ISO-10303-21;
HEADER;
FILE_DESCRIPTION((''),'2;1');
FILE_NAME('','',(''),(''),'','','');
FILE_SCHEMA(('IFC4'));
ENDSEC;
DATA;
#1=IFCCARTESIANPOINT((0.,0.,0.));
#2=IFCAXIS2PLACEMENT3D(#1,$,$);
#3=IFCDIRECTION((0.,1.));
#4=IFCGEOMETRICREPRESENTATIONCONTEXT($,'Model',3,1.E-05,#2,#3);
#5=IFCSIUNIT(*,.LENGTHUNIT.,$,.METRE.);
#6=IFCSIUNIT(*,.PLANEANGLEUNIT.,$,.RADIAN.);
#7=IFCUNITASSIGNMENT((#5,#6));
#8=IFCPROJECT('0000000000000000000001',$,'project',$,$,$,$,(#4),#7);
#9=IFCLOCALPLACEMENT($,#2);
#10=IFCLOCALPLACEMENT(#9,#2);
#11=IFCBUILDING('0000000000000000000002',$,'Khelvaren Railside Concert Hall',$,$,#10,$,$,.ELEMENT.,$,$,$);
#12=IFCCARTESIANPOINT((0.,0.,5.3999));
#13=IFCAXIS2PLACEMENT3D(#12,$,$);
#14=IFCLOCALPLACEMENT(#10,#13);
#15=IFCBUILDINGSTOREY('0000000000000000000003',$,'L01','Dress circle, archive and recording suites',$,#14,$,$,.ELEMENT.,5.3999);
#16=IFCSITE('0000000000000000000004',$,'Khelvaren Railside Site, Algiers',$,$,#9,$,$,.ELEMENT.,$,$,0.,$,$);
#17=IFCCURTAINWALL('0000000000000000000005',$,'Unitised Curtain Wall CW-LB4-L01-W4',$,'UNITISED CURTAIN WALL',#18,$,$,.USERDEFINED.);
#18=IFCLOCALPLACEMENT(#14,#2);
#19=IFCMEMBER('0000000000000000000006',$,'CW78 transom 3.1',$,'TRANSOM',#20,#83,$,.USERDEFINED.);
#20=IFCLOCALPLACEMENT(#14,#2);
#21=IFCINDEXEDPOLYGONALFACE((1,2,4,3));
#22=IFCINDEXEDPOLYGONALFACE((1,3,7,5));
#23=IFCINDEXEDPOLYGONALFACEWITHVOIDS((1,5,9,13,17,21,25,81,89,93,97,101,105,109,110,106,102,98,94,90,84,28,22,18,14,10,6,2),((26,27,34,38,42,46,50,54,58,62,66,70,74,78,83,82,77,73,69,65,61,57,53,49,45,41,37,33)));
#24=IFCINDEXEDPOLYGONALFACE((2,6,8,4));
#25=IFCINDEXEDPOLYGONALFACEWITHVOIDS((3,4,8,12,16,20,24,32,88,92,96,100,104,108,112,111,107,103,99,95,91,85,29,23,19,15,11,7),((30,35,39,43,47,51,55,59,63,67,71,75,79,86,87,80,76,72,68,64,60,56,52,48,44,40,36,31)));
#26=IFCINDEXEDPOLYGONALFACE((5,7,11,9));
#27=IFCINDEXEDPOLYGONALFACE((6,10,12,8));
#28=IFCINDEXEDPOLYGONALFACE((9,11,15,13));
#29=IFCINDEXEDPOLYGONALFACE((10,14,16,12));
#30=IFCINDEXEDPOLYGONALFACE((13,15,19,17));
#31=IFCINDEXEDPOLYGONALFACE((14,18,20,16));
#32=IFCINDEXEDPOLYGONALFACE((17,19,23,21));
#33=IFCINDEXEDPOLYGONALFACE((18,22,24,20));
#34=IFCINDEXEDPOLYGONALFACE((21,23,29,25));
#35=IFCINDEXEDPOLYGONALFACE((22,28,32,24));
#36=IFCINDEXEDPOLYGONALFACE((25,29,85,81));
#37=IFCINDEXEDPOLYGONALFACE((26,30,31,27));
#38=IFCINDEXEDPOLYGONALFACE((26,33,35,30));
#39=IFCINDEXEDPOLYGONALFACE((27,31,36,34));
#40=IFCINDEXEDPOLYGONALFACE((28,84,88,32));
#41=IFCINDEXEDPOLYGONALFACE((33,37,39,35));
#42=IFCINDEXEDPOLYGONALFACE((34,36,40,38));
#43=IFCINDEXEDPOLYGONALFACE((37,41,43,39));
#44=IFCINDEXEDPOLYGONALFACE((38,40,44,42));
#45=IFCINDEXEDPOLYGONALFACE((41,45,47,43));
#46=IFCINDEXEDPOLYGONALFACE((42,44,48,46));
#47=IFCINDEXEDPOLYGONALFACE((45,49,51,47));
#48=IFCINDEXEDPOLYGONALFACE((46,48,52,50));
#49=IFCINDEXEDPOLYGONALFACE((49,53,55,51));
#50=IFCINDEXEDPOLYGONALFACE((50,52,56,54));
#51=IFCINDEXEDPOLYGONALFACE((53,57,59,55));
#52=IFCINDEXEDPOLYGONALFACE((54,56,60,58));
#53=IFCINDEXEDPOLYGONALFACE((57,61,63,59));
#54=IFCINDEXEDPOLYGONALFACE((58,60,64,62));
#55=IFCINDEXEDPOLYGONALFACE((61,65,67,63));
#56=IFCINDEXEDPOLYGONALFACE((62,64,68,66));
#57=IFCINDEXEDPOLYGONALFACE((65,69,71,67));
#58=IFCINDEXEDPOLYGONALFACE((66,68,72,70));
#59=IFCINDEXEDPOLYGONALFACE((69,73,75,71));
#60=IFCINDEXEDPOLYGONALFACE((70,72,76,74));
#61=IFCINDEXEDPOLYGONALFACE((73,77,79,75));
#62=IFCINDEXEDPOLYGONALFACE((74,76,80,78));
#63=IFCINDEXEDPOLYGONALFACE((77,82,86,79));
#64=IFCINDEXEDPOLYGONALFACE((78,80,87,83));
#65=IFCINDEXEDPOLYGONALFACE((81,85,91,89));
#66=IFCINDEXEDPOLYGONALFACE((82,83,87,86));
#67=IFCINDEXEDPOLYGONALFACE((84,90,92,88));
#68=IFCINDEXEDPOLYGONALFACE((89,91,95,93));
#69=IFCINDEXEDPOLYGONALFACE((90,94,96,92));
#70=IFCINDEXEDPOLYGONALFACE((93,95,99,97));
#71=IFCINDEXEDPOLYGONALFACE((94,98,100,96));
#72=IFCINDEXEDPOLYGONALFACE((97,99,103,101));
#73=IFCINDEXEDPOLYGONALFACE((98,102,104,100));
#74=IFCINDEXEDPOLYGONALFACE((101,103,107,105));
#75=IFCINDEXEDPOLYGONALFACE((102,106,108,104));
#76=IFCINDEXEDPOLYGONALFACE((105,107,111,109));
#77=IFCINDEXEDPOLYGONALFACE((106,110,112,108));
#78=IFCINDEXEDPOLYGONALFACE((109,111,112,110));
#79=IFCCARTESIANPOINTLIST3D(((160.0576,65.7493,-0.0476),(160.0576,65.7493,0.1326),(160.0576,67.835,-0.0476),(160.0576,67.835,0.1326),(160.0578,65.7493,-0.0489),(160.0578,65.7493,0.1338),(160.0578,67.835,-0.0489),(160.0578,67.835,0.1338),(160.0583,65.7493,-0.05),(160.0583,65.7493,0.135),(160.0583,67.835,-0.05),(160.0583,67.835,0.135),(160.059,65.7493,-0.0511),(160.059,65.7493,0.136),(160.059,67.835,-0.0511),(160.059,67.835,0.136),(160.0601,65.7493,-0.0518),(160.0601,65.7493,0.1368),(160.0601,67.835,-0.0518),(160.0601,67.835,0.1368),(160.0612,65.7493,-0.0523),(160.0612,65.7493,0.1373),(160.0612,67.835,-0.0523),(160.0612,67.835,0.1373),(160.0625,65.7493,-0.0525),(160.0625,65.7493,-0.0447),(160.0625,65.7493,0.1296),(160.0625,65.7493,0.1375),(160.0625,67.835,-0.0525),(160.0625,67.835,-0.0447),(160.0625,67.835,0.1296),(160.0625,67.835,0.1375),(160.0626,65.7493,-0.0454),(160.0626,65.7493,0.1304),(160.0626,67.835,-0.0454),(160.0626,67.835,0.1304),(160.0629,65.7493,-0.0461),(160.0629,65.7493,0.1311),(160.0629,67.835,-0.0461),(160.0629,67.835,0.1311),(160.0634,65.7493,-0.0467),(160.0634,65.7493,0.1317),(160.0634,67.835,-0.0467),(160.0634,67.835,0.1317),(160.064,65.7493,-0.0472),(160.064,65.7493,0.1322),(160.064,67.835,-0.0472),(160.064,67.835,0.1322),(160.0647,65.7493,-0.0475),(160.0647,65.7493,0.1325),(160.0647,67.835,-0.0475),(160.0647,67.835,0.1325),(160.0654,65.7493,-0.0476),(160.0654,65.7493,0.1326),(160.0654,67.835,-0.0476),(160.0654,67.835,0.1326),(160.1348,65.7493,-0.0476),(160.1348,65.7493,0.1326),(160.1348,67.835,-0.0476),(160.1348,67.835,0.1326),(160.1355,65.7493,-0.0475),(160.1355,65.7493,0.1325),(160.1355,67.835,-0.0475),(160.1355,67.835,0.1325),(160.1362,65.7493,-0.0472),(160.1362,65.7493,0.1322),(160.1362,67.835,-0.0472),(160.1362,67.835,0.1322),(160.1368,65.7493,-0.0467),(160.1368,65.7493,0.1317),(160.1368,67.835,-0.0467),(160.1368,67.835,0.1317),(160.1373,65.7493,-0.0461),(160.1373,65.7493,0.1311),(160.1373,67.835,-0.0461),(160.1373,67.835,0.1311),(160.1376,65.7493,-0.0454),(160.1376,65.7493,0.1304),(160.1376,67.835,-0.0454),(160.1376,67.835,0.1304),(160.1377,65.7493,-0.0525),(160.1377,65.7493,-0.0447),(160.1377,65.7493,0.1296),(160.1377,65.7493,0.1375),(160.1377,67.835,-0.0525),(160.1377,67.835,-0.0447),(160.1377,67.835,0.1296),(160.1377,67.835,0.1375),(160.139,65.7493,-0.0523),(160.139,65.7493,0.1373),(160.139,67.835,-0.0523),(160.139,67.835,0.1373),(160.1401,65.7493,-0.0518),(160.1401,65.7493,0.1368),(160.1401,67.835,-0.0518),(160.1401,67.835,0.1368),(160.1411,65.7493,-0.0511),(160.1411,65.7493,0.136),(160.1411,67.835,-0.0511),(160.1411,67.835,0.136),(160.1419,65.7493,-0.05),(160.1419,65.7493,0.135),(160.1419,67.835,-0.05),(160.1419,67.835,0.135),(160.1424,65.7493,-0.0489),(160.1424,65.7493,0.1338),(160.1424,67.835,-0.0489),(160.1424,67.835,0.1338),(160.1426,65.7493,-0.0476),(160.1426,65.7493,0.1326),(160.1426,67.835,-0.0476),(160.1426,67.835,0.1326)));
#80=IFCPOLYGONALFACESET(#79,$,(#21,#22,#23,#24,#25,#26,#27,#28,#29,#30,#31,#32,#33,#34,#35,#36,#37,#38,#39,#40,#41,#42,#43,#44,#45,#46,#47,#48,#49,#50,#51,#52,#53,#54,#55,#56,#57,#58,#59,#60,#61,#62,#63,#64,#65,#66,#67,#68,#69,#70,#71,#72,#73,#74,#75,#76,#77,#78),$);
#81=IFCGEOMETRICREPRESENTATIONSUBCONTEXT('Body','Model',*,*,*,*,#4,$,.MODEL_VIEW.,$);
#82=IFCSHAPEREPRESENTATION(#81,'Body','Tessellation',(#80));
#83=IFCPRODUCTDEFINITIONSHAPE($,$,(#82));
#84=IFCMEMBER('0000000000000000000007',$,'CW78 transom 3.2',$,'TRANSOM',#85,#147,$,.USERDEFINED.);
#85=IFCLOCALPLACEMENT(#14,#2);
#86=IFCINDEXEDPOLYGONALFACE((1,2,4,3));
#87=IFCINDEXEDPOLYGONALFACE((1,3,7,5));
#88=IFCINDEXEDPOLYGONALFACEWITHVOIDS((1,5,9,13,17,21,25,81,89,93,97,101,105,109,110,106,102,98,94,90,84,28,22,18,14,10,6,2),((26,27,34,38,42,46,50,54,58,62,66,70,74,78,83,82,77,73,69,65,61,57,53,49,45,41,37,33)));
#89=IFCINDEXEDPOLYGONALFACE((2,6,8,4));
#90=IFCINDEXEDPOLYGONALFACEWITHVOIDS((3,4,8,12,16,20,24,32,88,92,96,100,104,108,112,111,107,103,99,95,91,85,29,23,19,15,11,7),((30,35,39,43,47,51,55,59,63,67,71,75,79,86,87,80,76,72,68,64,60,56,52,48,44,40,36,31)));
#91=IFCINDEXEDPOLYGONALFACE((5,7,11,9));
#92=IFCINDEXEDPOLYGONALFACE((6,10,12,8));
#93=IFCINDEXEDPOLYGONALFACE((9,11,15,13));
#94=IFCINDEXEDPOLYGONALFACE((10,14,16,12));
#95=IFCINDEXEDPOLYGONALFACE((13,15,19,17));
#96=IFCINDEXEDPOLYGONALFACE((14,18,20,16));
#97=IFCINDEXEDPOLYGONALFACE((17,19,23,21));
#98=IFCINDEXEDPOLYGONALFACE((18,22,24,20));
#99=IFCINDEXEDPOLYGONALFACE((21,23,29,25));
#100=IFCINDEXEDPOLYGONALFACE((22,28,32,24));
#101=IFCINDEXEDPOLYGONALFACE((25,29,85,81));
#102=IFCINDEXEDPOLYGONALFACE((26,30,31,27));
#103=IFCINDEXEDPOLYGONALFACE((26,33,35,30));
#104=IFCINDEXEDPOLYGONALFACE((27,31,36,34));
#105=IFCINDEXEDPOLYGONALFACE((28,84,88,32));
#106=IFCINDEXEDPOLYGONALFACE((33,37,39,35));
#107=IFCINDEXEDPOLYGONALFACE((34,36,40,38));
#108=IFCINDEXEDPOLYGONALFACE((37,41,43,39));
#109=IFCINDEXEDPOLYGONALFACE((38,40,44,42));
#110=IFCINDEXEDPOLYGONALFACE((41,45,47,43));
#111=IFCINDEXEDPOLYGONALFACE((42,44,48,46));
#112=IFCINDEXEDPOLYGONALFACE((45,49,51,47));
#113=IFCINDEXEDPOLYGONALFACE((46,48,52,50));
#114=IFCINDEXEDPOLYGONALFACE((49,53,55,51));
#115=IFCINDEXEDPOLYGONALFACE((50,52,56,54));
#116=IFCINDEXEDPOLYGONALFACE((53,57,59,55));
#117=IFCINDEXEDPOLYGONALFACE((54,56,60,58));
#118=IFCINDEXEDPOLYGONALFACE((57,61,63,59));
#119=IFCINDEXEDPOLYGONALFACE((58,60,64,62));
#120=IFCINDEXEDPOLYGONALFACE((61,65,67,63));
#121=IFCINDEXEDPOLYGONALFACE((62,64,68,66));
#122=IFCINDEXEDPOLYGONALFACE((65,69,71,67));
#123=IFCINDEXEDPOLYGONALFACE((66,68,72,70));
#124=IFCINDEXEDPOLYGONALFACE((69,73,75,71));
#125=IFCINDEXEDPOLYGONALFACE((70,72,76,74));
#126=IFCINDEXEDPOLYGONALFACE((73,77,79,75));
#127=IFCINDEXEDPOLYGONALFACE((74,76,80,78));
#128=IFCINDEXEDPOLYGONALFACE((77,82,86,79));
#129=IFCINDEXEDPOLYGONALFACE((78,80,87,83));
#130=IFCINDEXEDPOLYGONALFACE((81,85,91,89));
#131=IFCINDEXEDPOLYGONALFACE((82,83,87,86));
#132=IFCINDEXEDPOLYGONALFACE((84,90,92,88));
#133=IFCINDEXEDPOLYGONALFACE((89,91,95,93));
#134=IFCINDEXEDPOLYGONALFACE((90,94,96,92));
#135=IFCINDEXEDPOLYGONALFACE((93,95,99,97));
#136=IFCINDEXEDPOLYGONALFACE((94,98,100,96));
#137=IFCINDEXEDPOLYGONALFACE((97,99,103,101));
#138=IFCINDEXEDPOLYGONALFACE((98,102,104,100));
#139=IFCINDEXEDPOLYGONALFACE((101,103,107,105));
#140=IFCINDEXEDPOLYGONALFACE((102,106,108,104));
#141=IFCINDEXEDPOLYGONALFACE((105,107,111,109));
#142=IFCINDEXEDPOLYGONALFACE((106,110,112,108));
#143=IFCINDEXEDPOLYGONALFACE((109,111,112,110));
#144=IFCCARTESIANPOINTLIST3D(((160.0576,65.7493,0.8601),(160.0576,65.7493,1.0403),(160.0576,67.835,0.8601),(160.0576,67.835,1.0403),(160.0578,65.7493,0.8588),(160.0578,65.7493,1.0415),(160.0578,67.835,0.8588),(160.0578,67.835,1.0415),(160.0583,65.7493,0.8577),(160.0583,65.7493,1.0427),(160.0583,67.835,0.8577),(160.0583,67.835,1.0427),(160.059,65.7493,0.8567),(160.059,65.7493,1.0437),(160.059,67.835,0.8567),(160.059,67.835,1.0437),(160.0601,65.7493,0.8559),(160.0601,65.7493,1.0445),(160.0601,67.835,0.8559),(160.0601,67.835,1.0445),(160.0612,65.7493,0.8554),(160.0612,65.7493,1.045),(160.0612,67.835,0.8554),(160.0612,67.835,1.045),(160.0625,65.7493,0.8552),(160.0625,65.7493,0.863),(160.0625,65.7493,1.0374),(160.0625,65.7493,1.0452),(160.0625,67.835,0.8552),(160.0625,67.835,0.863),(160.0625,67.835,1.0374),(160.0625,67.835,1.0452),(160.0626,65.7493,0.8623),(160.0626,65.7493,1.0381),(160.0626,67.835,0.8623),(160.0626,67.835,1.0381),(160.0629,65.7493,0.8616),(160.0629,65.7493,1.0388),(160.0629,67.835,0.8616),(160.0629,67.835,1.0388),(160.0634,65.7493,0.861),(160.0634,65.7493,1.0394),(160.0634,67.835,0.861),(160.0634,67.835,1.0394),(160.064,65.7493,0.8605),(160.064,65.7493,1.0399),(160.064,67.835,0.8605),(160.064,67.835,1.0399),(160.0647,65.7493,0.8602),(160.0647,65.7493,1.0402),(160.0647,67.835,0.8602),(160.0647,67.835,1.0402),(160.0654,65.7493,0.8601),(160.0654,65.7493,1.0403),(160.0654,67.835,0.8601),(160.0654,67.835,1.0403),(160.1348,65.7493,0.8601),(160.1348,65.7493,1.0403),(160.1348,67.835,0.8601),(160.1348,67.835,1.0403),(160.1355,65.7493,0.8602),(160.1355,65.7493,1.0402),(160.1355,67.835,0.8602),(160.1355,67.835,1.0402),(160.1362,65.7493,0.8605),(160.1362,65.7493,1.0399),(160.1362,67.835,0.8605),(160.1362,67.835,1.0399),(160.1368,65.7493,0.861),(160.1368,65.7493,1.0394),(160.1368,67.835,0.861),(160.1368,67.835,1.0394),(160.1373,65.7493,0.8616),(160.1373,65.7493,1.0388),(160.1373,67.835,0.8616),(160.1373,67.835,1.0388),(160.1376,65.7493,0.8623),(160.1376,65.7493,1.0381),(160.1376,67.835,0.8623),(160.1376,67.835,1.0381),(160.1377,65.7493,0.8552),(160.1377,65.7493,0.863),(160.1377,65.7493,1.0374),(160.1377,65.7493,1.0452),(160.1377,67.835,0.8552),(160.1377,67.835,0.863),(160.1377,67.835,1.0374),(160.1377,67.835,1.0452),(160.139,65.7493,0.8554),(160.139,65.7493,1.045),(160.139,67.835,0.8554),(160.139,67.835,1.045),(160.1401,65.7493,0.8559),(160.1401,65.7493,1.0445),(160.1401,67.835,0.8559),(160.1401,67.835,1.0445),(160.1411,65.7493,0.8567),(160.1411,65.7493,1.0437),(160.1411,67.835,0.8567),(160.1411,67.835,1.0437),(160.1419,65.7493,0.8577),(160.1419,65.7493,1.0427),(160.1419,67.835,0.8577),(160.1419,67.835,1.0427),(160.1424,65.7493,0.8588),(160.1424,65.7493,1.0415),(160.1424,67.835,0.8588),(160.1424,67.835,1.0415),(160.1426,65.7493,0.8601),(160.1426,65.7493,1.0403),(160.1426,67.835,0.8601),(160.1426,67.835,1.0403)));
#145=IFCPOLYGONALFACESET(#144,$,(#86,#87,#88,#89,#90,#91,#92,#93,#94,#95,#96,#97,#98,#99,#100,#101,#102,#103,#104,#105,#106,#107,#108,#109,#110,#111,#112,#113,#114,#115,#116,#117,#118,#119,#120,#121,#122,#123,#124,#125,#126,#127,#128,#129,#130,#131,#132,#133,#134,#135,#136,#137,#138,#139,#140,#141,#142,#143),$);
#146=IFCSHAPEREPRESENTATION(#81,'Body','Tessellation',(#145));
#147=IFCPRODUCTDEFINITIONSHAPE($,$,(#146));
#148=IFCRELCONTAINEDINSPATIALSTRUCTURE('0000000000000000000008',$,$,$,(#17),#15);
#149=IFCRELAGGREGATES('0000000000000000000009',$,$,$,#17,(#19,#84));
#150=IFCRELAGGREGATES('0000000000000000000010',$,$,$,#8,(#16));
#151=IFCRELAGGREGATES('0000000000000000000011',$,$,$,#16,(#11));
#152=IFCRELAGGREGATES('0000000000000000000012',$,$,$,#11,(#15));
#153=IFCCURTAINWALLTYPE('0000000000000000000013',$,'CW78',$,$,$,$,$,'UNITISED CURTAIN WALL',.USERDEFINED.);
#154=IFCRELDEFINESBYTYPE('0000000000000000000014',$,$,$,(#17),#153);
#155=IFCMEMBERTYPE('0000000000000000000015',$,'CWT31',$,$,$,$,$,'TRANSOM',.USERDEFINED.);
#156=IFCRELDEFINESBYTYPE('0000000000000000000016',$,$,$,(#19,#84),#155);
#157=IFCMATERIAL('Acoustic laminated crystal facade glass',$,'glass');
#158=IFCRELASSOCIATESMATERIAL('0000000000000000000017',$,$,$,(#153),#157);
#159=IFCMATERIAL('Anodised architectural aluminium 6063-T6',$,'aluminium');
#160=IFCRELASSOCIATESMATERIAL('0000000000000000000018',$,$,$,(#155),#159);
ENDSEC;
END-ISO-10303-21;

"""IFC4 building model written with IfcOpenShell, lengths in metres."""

from ifc_helpers import new_model, si_unit, direction, frame, origin, origin_2d, place, context, subcontext, project, spatial, hollow_rectangle, extrude, material, material_profile, profile_set, type_object, element, aggregate, save


model = new_model("IFC4")

# Units and contexts
model_context = context("Model", 3, precision=1e-05, world=origin(), true_north=direction((0.0, 1.0)))
body_context = subcontext(model_context, "Body", "Model", "MODEL_VIEW")
ifc_project = project(units=[si_unit("LENGTHUNIT", "METRE"), si_unit("PLANEANGLEUNIT", "RADIAN")], contexts=[model_context])

# Site, building, storey
site_placement = place(None, origin())
site = spatial("IfcSite", under=ifc_project, at=site_placement, Name="Khelvaren Railside Site, Algiers", CompositionType="ELEMENT", RefElevation=0.0)
building_placement = place(site_placement, origin())
building = spatial("IfcBuilding", under=site, at=building_placement, Name="Khelvaren Railside Concert Hall", CompositionType="ELEMENT")
storey_placement = place(building_placement, frame((0.0, 0.0, 5.3999)))
storey = spatial("IfcBuildingStorey", under=building, at=storey_placement, Name="L01", Description="Dress circle, archive and recording suites", CompositionType="ELEMENT", Elevation=5.3999)

# Shared definitions
ifc_material_1 = material(Name="Acoustic laminated crystal facade glass", Category="glass")
curtain_wall_type = type_object("IfcCurtainWallType", Name="CW78", ElementType="UNITISED CURTAIN WALL", PredefinedType="USERDEFINED", material=ifc_material_1)
ifc_material_2 = material(Name="Anodised architectural aluminium 6063-T6", Category="aluminium")

# Curtain wall, members
curtain_wall_1_placement = place(storey_placement, origin())
curtain_wall_1 = element("IfcCurtainWall", 1, at=curtain_wall_1_placement, inside=storey, type_object=curtain_wall_type, Name="Unitised Curtain Wall CW-LB4-L01-W4", ObjectType="UNITISED CURTAIN WALL", PredefinedType="USERDEFINED")
ifc_material_profile_1 = material_profile(ifc_material_2, hollow_rectangle(XDim=0.085, YDim=0.1899, WallThickness=0.0049, InnerFilletRadius=0.0029, OuterFilletRadius=0.0049, at=origin_2d()), Name="CWT 85x190x5")
ifc_profile_set_1 = profile_set([ifc_material_profile_1], Name="Anodised architectural aluminium 6063-T6")
member_type_1 = type_object("IfcMemberType", Name="CWT31", ElementType="TRANSOM", PredefinedType="USERDEFINED", material=ifc_profile_set_1)
member_1_placement = place(storey_placement, frame((160.1001, 65.7493, 0.0425), z_axis=(0.0, 1.0, 0.0), x_axis=(-1.0, 0.0, 0.0)))
member_1 = element("IfcMember", 2, at=member_1_placement, type_object=member_type_1, Name="CW78 transom 3.1", ObjectType="TRANSOM", PredefinedType="USERDEFINED", context=body_context, shape_type="SweptSolid", body=[
    extrude(hollow_rectangle(XDim=0.085, YDim=0.1899, WallThickness=0.0049, InnerFilletRadius=0.0029, OuterFilletRadius=0.0049, at=origin_2d()), origin(), (0.0, 0.0, 1.0), 2.0857),
])
member_2_placement = place(storey_placement, frame((160.1001, 65.7493, 0.9502), z_axis=(0.0, 1.0, 0.0), x_axis=(-1.0, 0.0, 0.0)))
member_2 = element("IfcMember", 3, at=member_2_placement, type_object=member_type_1, Name="CW78 transom 3.2", ObjectType="TRANSOM", PredefinedType="USERDEFINED", context=body_context, shape_type="SweptSolid", body=[
    extrude(hollow_rectangle(XDim=0.085, YDim=0.1899, WallThickness=0.0049, InnerFilletRadius=0.0029, OuterFilletRadius=0.0049, at=origin_2d()), origin(), (0.0, 0.0, 1.0), 2.0857),
])

aggregate(curtain_wall_1, [member_1, member_2])

save(model, "model.ifc")
